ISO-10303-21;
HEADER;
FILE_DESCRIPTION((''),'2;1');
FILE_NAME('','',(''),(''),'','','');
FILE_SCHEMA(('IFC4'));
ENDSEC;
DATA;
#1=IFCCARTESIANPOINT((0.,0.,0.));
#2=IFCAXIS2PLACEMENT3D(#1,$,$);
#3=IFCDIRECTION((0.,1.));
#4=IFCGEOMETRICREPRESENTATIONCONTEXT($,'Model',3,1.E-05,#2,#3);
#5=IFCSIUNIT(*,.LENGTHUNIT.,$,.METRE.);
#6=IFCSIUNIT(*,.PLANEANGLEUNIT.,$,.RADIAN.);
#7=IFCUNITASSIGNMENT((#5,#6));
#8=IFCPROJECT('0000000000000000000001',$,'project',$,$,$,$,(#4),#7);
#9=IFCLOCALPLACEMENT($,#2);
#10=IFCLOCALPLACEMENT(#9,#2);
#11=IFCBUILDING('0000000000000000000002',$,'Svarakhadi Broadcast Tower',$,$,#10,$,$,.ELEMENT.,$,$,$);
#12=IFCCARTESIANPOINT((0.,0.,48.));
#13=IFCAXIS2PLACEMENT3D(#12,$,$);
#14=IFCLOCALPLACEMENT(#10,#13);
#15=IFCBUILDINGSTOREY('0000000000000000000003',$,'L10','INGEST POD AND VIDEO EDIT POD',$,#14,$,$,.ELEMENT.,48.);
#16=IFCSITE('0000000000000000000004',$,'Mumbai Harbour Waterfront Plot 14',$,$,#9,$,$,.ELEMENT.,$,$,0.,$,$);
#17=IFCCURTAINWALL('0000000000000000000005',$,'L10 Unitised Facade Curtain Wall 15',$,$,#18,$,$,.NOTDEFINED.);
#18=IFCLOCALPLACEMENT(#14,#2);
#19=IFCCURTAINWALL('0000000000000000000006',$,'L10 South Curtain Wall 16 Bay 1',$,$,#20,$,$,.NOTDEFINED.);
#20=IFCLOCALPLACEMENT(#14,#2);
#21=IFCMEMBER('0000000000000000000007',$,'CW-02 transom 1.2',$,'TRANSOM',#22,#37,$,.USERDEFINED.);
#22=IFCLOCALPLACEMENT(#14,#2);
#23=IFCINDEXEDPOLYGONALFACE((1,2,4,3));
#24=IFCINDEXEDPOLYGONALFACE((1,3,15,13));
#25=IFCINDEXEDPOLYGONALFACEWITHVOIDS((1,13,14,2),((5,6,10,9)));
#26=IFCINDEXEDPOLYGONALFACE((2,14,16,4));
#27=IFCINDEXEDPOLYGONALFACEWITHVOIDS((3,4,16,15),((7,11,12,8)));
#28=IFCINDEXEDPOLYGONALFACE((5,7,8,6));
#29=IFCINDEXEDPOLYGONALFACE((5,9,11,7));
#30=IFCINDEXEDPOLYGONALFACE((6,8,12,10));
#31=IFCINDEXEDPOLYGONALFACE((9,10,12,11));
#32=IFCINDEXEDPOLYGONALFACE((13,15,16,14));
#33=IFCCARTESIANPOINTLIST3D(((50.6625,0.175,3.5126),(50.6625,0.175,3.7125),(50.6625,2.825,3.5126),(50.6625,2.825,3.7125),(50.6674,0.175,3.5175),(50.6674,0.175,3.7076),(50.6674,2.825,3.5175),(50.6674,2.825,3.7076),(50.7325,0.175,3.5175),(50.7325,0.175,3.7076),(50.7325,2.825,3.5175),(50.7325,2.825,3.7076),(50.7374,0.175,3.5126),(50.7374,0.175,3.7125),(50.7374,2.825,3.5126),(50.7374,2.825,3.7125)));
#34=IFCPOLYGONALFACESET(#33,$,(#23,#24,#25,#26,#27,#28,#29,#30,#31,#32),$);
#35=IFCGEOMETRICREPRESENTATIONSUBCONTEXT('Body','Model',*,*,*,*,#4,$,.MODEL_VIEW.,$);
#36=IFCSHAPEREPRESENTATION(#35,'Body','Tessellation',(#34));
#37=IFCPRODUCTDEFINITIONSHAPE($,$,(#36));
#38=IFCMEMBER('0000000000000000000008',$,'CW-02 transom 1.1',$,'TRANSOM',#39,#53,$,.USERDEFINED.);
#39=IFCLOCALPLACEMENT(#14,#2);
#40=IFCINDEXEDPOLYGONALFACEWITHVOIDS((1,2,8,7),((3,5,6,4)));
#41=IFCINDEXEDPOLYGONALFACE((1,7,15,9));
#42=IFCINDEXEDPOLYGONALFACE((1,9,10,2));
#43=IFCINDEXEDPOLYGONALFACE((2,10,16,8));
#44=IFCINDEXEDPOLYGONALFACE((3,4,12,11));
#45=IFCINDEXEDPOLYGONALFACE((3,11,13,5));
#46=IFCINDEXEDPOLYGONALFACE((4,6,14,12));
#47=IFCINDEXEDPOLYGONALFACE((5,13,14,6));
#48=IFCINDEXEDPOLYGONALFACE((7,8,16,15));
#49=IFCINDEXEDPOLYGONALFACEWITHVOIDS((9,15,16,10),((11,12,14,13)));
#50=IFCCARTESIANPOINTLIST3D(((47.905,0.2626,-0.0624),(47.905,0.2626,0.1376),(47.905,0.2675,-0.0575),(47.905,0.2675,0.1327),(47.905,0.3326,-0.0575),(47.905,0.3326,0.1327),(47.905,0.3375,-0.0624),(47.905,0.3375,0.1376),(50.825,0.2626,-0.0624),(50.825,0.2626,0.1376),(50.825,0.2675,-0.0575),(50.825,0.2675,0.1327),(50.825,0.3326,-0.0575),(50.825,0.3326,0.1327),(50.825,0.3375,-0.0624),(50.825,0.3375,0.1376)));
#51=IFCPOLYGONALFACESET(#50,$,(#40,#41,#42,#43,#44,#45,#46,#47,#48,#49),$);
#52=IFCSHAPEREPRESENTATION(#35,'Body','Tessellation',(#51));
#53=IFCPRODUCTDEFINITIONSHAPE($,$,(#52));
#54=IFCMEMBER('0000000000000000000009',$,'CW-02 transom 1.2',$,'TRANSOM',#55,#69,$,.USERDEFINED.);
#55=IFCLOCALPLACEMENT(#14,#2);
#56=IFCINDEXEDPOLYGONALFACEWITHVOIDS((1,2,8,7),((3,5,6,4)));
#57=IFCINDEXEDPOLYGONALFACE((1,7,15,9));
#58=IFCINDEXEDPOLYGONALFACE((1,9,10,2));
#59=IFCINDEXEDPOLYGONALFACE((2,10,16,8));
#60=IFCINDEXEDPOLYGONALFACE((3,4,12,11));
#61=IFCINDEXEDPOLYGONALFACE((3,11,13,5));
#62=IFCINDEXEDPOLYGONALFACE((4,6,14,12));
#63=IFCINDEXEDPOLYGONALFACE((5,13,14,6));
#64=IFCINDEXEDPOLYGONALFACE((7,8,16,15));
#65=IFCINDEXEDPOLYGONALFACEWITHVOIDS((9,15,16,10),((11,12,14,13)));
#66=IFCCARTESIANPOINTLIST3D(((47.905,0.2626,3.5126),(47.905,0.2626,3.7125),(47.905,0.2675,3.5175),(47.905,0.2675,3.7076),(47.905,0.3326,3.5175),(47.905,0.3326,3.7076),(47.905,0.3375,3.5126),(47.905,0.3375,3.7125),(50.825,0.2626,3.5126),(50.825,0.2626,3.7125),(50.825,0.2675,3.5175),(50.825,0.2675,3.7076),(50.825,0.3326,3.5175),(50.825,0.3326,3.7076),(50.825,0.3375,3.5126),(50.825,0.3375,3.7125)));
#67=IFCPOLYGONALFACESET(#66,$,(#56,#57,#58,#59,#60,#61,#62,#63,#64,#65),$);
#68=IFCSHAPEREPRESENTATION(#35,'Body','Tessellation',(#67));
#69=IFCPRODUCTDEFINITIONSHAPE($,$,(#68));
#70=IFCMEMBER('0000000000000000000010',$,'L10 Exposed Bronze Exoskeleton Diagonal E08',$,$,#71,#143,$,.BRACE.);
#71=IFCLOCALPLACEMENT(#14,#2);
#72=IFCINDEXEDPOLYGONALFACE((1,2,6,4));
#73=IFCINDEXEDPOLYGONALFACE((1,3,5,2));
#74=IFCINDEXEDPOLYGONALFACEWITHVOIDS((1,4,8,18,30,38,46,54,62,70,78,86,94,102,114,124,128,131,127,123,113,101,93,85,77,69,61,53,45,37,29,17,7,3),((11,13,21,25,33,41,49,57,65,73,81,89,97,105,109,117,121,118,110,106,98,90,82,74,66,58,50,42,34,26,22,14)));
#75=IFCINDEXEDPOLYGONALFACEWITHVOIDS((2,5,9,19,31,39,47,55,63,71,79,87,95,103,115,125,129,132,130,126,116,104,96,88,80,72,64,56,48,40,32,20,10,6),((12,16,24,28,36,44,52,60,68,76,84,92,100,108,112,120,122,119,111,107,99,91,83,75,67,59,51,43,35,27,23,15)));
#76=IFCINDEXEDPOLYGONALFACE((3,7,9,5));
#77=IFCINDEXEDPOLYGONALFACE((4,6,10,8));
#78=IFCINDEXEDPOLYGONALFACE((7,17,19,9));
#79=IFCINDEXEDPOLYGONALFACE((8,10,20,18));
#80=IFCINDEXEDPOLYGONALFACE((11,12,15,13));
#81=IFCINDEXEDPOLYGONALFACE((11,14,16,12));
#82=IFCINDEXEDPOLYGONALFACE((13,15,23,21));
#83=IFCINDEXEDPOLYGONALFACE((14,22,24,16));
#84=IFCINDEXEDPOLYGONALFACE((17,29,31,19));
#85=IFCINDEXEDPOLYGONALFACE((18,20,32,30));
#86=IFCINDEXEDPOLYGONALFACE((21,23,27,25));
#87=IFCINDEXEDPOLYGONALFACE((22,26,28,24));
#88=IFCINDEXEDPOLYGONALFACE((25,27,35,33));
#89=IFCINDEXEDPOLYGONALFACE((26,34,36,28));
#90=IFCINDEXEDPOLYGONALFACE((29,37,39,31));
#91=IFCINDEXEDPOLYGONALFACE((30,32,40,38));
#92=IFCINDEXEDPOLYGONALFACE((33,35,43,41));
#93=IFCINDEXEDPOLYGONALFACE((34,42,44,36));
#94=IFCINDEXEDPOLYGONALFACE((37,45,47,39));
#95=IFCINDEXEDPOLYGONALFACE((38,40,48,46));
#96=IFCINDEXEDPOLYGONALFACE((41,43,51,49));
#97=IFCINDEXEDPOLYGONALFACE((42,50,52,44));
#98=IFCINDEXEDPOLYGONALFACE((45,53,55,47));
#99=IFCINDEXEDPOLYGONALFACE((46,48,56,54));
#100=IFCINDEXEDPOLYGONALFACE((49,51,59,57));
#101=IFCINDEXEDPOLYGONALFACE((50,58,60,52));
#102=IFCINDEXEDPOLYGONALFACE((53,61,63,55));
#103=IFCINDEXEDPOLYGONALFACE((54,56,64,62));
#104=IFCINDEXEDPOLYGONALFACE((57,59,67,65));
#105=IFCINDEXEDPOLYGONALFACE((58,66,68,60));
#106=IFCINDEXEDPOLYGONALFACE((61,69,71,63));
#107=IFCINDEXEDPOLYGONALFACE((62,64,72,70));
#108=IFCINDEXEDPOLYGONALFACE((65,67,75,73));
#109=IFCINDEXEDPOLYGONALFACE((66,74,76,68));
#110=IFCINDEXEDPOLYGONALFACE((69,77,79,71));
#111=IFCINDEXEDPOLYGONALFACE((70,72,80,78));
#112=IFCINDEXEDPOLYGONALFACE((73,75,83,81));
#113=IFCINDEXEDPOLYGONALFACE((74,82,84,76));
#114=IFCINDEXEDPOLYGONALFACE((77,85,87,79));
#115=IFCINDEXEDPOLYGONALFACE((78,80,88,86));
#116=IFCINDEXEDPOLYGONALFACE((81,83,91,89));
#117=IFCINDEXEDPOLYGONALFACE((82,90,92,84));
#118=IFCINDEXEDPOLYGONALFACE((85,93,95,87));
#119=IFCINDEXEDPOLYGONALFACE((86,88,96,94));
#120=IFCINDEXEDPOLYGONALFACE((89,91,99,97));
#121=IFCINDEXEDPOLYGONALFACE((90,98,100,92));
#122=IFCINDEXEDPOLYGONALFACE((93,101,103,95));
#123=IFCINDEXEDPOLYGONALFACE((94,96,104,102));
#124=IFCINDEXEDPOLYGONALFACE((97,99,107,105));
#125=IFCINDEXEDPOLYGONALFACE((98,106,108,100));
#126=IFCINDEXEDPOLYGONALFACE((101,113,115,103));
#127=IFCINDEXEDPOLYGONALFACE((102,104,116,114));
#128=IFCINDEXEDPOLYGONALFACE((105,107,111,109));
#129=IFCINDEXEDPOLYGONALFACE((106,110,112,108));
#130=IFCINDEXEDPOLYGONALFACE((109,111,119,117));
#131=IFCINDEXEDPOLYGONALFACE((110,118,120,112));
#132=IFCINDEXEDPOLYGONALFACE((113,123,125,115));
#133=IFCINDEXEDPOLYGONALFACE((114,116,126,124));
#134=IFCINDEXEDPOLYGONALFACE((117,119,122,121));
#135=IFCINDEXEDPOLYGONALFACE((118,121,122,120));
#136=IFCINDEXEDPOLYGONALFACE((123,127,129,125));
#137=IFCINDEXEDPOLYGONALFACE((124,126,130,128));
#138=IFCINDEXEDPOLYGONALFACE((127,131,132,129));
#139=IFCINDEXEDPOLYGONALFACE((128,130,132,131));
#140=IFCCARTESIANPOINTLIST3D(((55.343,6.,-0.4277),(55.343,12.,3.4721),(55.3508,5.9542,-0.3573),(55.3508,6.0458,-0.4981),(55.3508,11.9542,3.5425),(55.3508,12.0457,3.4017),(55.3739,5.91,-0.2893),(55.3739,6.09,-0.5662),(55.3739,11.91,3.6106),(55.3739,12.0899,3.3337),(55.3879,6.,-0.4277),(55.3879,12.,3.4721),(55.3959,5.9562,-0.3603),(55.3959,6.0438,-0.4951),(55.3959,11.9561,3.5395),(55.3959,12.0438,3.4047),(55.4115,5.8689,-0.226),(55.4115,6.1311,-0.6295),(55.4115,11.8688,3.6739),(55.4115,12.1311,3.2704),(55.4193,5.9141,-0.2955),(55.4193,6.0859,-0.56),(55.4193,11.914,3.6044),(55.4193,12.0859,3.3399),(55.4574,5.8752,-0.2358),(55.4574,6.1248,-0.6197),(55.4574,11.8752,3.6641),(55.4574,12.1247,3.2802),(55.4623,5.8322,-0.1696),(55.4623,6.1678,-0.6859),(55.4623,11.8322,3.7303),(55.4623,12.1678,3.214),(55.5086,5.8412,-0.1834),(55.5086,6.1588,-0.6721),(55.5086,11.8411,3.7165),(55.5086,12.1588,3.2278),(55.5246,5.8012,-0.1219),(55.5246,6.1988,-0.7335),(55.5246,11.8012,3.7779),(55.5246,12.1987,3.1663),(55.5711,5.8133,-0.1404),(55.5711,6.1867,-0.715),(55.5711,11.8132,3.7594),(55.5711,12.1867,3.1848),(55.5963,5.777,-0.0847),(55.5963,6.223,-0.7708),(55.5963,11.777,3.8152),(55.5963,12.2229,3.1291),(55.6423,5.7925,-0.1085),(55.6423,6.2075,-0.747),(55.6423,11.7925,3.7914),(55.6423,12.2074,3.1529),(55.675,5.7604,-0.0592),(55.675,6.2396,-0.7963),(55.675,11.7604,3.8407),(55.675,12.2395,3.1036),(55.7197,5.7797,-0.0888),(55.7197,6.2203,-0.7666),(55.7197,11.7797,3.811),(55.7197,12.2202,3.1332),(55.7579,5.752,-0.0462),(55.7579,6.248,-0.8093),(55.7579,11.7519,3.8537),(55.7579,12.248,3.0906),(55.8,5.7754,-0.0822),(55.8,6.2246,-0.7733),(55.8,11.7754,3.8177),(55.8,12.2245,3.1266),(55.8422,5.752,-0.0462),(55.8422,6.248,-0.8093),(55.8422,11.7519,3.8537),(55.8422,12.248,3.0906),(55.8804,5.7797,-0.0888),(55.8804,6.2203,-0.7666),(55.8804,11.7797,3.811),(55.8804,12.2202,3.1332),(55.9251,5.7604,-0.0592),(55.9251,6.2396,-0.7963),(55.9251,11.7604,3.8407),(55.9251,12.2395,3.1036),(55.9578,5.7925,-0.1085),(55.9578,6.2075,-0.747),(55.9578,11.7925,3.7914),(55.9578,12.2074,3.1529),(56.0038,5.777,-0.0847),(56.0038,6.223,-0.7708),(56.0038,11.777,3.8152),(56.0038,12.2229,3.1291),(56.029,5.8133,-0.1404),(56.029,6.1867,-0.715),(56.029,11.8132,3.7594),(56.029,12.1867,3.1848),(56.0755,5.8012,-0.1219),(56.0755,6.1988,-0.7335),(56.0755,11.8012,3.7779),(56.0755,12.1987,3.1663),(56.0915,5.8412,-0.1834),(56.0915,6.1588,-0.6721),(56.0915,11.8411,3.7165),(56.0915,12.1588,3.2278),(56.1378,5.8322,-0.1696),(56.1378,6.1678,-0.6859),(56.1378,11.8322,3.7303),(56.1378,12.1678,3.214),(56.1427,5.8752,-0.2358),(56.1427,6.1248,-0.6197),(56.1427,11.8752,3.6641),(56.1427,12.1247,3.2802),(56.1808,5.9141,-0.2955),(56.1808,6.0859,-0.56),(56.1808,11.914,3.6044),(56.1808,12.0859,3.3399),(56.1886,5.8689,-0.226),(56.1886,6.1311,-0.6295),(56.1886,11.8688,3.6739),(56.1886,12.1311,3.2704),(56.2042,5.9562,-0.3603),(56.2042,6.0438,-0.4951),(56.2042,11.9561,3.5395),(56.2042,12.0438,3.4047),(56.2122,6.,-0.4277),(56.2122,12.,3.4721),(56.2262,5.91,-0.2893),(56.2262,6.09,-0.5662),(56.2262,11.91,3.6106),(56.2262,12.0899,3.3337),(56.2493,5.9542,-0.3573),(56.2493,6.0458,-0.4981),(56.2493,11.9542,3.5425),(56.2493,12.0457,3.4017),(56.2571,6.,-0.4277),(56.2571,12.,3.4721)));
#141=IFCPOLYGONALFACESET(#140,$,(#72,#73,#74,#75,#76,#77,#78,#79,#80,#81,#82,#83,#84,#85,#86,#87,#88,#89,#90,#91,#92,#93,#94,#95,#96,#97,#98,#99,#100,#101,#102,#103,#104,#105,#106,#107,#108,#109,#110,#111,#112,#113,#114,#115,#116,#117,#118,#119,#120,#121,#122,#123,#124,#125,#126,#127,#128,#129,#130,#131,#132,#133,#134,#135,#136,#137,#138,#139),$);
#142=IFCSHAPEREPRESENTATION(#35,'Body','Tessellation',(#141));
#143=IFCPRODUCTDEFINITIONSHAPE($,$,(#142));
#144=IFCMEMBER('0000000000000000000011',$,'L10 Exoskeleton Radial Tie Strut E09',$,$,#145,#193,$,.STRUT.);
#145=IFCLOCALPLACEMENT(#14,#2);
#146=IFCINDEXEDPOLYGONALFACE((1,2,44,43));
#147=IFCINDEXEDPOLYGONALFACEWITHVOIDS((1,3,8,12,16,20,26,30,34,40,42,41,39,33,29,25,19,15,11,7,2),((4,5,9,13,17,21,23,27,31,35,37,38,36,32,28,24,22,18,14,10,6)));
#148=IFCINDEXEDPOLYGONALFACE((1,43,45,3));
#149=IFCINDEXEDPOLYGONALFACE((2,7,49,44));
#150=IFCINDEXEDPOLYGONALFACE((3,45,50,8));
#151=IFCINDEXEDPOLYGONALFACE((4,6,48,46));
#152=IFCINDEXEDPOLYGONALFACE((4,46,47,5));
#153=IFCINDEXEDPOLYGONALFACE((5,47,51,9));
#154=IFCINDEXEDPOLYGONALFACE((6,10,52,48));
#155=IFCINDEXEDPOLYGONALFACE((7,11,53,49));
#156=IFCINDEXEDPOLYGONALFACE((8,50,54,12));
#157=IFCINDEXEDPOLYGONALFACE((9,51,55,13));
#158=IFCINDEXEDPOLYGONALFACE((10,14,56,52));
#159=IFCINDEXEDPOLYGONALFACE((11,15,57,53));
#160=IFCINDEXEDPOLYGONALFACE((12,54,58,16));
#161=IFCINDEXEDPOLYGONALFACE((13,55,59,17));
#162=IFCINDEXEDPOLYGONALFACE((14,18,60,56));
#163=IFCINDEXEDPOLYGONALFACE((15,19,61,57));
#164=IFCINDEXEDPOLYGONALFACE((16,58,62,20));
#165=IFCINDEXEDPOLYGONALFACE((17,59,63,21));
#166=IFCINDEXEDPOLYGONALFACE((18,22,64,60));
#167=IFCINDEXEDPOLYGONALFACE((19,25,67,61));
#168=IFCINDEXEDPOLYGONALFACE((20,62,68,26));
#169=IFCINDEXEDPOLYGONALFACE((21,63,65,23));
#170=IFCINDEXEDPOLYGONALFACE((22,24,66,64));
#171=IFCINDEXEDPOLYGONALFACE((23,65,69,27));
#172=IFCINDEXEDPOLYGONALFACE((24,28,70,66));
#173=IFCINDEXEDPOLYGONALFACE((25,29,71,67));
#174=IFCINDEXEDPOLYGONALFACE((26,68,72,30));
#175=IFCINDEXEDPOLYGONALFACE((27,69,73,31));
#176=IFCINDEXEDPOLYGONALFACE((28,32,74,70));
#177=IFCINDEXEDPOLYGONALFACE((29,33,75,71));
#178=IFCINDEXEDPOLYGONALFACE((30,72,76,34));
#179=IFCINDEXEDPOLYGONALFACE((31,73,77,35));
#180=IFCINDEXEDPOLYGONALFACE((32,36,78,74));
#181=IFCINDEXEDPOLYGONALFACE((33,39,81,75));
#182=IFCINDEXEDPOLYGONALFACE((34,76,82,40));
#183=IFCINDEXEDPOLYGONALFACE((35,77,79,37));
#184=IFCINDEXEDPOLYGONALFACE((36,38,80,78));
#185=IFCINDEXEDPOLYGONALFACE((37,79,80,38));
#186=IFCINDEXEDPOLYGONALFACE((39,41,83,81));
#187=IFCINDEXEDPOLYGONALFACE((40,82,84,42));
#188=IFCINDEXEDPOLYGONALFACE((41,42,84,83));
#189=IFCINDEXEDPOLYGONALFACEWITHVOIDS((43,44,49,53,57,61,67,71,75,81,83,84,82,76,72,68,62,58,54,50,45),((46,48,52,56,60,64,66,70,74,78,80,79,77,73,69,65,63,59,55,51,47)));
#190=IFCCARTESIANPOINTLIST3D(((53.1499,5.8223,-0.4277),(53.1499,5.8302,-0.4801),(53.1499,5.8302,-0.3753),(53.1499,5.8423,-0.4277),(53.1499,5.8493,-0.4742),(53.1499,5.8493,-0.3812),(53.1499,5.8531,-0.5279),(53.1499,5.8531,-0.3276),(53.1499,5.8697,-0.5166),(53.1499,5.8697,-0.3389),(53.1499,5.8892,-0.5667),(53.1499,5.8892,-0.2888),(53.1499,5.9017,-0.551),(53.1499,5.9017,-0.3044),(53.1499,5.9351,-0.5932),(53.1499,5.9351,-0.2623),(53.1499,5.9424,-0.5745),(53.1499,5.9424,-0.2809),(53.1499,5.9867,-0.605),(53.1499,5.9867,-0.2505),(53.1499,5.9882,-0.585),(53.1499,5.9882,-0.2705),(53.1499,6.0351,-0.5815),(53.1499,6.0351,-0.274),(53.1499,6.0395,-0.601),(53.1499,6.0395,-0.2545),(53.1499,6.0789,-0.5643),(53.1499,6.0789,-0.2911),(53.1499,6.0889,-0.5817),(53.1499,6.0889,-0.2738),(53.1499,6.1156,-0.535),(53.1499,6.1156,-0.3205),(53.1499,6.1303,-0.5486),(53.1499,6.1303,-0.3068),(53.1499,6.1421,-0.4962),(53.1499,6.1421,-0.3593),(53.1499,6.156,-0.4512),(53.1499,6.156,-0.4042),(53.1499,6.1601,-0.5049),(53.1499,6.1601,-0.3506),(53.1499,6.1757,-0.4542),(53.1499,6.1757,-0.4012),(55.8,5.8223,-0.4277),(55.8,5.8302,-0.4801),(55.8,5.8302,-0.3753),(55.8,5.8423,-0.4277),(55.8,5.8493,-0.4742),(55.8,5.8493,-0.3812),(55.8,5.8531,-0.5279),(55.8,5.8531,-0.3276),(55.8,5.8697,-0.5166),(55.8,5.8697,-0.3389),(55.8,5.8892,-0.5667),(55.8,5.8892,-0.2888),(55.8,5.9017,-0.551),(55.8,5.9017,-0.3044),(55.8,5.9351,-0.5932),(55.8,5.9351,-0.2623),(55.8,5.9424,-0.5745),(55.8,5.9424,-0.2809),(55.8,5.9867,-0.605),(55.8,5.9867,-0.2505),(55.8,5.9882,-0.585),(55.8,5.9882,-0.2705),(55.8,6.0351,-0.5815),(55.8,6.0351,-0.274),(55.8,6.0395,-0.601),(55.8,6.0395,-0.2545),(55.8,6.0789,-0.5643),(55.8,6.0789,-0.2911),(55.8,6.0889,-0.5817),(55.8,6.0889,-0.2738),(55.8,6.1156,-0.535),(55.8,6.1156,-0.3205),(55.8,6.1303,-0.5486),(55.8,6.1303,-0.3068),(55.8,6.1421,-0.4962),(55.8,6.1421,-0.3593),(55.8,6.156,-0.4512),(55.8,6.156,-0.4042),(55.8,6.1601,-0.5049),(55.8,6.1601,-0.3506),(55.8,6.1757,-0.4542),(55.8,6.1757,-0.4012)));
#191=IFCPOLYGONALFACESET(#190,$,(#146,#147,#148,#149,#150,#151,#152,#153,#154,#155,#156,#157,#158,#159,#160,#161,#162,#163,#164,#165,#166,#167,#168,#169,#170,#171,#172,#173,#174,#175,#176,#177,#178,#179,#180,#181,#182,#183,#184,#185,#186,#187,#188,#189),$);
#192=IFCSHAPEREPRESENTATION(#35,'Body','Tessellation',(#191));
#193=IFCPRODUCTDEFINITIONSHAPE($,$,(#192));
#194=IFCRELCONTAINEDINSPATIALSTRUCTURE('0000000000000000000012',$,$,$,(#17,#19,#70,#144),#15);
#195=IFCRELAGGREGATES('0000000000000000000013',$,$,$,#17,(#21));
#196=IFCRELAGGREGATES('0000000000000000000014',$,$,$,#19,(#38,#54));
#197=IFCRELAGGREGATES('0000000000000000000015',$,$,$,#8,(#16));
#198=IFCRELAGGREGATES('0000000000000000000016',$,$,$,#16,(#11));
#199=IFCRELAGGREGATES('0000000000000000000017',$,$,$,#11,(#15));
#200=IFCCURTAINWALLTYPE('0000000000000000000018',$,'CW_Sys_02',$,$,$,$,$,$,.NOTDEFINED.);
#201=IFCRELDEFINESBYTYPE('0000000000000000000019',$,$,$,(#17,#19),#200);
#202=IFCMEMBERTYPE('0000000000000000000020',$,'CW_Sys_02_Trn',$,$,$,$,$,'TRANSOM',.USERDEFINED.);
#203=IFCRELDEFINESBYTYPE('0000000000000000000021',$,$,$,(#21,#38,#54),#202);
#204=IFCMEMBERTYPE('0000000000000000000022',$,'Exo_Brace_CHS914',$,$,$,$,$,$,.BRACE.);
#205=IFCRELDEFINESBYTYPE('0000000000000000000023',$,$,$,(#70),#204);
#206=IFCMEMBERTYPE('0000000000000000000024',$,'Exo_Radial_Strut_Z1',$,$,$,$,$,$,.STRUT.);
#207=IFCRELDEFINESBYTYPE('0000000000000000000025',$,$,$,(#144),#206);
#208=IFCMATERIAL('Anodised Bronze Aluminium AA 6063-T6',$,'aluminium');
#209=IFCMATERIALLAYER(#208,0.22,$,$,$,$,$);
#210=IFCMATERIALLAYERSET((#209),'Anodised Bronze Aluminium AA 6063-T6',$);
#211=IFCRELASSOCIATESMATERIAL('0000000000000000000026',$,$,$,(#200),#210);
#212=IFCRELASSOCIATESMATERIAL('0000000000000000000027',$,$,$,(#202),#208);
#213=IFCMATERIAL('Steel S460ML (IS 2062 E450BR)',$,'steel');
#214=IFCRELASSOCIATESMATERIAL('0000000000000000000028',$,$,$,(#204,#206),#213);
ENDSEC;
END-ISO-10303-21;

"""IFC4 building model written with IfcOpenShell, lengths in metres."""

from ifc_helpers import new_model, si_unit, direction, frame, origin, origin_2d, place, context, subcontext, project, spatial, hollow_rectangle, hollow_circle, extrude, material, layer, layer_set, material_profile, profile_set, type_object, element, aggregate, save


model = new_model("IFC4")

# Units and contexts
model_context = context("Model", 3, precision=1e-05, world=origin(), true_north=direction((0.0, 1.0)))
body_context = subcontext(model_context, "Body", "Model", "MODEL_VIEW")
ifc_project = project(units=[si_unit("LENGTHUNIT", "METRE"), si_unit("PLANEANGLEUNIT", "RADIAN")], contexts=[model_context])

# Site, building, storey
site_placement = place(None, origin())
site = spatial("IfcSite", under=ifc_project, at=site_placement, Name="Mumbai Harbour Waterfront Plot 14", CompositionType="ELEMENT", RefElevation=0.0)
building_placement = place(site_placement, origin())
building = spatial("IfcBuilding", under=site, at=building_placement, Name="Svarakhadi Broadcast Tower", CompositionType="ELEMENT")
storey_placement = place(building_placement, frame((0.0, 0.0, 48.0)))
storey = spatial("IfcBuildingStorey", under=building, at=storey_placement, Name="L10", Description="INGEST POD AND VIDEO EDIT POD", CompositionType="ELEMENT", Elevation=48.0)

# Shared definitions
ifc_material_1 = material(Name="Steel S460ML (IS 2062 E450BR)", Category="steel")

# Curtain walls
ifc_material_2 = material(Name="Anodised Bronze Aluminium AA 6063-T6", Category="aluminium")
ifc_layer_1 = layer(ifc_material_2, 0.22)
ifc_layer_set_1 = layer_set([ifc_layer_1], Name="Anodised Bronze Aluminium AA 6063-T6")
curtain_wall_type = type_object("IfcCurtainWallType", Name="CW_Sys_02", PredefinedType="NOTDEFINED", material=ifc_layer_set_1)
curtain_wall_1_placement = place(storey_placement, origin())
curtain_wall_1 = element("IfcCurtainWall", 1, at=curtain_wall_1_placement, inside=storey, type_object=curtain_wall_type, Name="L10 Unitised Facade Curtain Wall 15", PredefinedType="NOTDEFINED")
curtain_wall_2_placement = place(storey_placement, origin())
curtain_wall_2 = element("IfcCurtainWall", 2, at=curtain_wall_2_placement, inside=storey, type_object=curtain_wall_type, Name="L10 South Curtain Wall 16 Bay 1", PredefinedType="NOTDEFINED")

# Members
ifc_material_profile_1 = material_profile(ifc_material_2, hollow_rectangle(XDim=0.075, YDim=0.2, WallThickness=0.0049, at=origin_2d()), Name="ALU TRANSOM 200x75x5")
ifc_profile_set_1 = profile_set([ifc_material_profile_1], Name="Anodised Bronze Aluminium AA 6063-T6")
member_type_1 = type_object("IfcMemberType", Name="CW_Sys_02_Trn", ElementType="TRANSOM", PredefinedType="USERDEFINED", material=ifc_profile_set_1)
member_1_placement = place(storey_placement, frame((50.7, 2.825, 3.6125), z_axis=(0.0, -1.0, 0.0), x_axis=(1.0, 0.0, 0.0)))
member_1 = element("IfcMember", 3, at=member_1_placement, type_object=member_type_1, Name="CW-02 transom 1.2", ObjectType="TRANSOM", PredefinedType="USERDEFINED", context=body_context, shape_type="SweptSolid", body=[
    extrude(hollow_rectangle(XDim=0.075, YDim=0.2, WallThickness=0.0049, at=origin_2d()), origin(), (0.0, 0.0, 1.0), 2.6499),
])
member_2_placement = place(storey_placement, frame((50.825, 0.3, 0.0376), z_axis=(-1.0, 0.0, 0.0), x_axis=(0.0, -1.0, 0.0)))
member_2 = element("IfcMember", 4, at=member_2_placement, type_object=member_type_1, Name="CW-02 transom 1.1", ObjectType="TRANSOM", PredefinedType="USERDEFINED", context=body_context, shape_type="SweptSolid", body=[
    extrude(hollow_rectangle(XDim=0.075, YDim=0.2, WallThickness=0.0049, at=origin_2d()), origin(), (0.0, 0.0, 1.0), 2.9199),
])
member_3_placement = place(storey_placement, frame((50.825, 0.3, 3.6125), z_axis=(-1.0, 0.0, 0.0), x_axis=(0.0, -1.0, 0.0)))
member_3 = element("IfcMember", 5, at=member_3_placement, type_object=member_type_1, Name="CW-02 transom 1.2", ObjectType="TRANSOM", PredefinedType="USERDEFINED", context=body_context, shape_type="SweptSolid", body=[
    extrude(hollow_rectangle(XDim=0.075, YDim=0.2, WallThickness=0.0049, at=origin_2d()), origin(), (0.0, 0.0, 1.0), 2.9199),
])

# Members
ifc_material_profile_2 = material_profile(ifc_material_1, hollow_circle(Radius=0.457, WallThickness=0.0449, at=origin_2d()), Name="CHS 914x45")
ifc_profile_set_2 = profile_set([ifc_material_profile_2], Name="Steel S460ML (IS 2062 E450BR)")
member_type_2 = type_object("IfcMemberType", Name="Exo_Brace_CHS914", PredefinedType="BRACE", material=ifc_profile_set_2)
member_4_placement = place(storey_placement, frame((55.8, 6.0, -0.4277), z_axis=(0.0, 0.83845, 0.544979), x_axis=(-1.0, 0.0, 0.0)))
element("IfcMember", 6, at=member_4_placement, inside=storey, type_object=member_type_2, Name="L10 Exposed Bronze Exoskeleton Diagonal E08", PredefinedType="BRACE", context=body_context, shape_type="SweptSolid", body=[
    extrude(hollow_circle(Radius=0.457, WallThickness=0.0449, at=origin_2d()), origin(), (0.0, 0.0, 1.0), 7.156),
])
ifc_material_profile_3 = material_profile(ifc_material_1, hollow_circle(Radius=0.1777, WallThickness=0.02, at=origin_2d()), Name="CHS 355.6x20")
ifc_profile_set_3 = profile_set([ifc_material_profile_3], Name="Steel S460ML (IS 2062 E450BR)")
member_type_3 = type_object("IfcMemberType", Name="Exo_Radial_Strut_Z1", PredefinedType="STRUT", material=ifc_profile_set_3)
member_5_placement = place(storey_placement, frame((55.8, 6.0, -0.4277), z_axis=(-1.0, 0.0, 0.0), x_axis=(0.0, -1.0, 0.0)))
element("IfcMember", 7, at=member_5_placement, inside=storey, type_object=member_type_3, Name="L10 Exoskeleton Radial Tie Strut E09", PredefinedType="STRUT", context=body_context, shape_type="SweptSolid", body=[
    extrude(hollow_circle(Radius=0.1777, WallThickness=0.02, at=origin_2d()), origin(), (0.0, 0.0, 1.0), 2.6501),
])

aggregate(curtain_wall_1, [member_1])
aggregate(curtain_wall_2, [member_2, member_3])

save(model, "model.ifc")
